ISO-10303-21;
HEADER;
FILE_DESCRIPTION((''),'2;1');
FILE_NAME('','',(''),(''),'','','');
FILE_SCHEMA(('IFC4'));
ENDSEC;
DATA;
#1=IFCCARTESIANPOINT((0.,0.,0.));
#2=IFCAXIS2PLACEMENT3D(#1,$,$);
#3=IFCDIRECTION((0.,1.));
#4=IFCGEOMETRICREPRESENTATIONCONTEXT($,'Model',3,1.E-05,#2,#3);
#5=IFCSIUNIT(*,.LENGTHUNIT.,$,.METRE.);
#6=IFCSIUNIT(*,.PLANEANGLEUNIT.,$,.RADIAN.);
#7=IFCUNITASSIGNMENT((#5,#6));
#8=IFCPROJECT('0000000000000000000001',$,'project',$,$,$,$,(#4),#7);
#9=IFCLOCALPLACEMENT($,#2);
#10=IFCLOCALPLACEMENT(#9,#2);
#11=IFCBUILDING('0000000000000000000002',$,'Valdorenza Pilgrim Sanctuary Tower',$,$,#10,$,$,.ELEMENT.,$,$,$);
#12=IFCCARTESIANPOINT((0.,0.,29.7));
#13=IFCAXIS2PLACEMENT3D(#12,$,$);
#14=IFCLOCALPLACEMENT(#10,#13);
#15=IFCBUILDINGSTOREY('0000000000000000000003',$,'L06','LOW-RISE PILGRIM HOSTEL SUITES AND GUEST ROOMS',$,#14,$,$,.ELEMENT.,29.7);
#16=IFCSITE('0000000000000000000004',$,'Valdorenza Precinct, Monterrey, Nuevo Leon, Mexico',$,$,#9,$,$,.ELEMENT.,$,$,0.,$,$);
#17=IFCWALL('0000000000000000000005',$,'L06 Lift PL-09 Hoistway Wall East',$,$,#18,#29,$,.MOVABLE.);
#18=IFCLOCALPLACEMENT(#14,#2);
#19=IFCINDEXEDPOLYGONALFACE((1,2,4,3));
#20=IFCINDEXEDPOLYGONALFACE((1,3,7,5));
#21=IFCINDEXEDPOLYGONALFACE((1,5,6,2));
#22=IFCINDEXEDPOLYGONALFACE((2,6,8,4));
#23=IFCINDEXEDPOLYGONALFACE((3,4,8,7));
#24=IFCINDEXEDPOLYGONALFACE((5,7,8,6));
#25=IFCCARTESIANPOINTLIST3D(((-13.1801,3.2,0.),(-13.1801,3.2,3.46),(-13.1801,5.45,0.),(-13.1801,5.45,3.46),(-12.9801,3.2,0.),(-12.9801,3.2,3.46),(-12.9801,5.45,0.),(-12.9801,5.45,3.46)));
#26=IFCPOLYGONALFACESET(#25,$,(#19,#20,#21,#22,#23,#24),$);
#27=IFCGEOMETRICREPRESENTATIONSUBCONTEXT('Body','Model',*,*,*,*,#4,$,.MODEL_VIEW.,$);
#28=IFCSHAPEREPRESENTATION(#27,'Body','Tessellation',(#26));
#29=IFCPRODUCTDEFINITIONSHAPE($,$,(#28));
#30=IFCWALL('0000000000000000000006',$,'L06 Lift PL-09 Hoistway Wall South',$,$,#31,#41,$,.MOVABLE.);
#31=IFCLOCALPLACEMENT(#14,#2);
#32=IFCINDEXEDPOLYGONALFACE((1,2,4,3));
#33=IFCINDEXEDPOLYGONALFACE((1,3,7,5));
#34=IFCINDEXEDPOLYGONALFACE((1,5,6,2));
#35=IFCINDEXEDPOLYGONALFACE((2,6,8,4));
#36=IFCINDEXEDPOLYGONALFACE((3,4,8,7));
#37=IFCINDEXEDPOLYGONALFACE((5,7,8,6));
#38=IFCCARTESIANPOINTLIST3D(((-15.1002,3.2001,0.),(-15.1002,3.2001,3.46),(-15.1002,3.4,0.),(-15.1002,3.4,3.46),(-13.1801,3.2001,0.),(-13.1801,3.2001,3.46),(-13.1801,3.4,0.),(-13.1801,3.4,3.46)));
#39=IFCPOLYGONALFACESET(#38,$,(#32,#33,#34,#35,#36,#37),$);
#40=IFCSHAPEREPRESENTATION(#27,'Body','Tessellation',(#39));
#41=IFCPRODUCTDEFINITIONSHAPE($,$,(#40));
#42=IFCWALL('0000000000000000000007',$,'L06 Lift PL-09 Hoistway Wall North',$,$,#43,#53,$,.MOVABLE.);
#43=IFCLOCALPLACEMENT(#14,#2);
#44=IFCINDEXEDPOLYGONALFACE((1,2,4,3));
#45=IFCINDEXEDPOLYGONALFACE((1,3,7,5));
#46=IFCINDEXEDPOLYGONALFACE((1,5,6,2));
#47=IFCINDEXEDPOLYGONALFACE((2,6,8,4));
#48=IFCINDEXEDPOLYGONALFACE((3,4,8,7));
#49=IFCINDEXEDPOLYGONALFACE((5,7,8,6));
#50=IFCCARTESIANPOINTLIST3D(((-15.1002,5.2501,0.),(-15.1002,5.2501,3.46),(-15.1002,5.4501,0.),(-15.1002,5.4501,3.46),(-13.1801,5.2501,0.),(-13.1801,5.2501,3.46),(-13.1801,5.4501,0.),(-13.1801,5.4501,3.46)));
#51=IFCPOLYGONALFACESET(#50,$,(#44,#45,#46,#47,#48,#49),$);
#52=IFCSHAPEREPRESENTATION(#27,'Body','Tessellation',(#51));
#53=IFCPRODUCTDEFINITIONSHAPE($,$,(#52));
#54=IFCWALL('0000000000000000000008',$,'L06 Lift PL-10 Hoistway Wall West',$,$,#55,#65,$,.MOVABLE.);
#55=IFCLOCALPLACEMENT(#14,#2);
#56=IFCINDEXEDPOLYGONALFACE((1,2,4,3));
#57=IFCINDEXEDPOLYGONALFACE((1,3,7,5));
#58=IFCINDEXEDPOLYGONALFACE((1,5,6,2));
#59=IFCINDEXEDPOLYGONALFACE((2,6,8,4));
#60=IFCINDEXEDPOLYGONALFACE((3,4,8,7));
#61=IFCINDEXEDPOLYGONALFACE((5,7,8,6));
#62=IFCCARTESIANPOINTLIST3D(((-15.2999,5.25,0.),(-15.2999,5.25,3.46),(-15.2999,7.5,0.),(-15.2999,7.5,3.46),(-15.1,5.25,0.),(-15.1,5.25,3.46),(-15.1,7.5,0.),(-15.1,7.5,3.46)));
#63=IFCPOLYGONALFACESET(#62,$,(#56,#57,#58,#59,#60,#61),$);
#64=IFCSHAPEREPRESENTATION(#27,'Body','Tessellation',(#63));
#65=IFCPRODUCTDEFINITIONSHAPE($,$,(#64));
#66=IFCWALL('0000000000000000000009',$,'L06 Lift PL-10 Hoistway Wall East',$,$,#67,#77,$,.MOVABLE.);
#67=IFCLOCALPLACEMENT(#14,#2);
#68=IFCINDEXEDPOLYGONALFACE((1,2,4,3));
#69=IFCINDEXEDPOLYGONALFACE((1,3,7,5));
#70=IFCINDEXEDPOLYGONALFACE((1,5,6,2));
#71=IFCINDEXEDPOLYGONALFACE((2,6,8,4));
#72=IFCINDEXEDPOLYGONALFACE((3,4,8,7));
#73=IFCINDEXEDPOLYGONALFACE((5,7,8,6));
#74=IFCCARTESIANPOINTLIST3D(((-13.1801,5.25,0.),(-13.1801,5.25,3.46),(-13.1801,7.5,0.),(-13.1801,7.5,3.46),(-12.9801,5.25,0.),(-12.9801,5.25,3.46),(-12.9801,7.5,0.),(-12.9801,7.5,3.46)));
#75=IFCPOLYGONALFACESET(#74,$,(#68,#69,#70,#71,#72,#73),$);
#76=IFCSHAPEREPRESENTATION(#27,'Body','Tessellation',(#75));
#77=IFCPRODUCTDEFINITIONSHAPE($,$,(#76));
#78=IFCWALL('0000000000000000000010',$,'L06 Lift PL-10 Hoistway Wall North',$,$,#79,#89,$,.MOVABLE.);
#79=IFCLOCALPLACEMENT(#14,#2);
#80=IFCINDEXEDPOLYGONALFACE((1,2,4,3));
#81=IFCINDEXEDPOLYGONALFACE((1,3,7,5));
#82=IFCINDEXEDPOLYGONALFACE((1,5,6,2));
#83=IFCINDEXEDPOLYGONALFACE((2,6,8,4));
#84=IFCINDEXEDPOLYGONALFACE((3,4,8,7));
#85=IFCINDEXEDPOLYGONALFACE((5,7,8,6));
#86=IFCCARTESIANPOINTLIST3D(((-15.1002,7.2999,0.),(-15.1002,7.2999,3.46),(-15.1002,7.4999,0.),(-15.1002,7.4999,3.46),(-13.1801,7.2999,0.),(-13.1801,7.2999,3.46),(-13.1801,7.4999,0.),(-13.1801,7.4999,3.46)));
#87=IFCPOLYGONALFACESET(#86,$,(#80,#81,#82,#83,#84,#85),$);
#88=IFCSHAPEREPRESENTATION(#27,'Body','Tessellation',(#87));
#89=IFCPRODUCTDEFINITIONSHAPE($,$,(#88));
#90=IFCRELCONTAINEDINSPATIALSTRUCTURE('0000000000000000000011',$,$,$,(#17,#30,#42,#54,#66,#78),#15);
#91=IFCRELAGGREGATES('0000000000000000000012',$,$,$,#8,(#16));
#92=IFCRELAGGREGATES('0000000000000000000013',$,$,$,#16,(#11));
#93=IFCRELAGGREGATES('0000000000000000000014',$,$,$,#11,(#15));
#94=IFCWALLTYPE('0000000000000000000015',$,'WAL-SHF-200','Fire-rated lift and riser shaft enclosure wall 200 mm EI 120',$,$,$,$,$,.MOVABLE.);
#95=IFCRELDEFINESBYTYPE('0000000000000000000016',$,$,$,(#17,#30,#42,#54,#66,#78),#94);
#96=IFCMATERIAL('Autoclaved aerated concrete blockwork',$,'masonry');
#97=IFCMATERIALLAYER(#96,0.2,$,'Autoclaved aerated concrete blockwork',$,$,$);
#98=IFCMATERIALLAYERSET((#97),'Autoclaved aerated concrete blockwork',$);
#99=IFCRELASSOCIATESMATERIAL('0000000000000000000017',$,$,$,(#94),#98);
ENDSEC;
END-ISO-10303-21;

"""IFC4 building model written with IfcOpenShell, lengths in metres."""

from ifc_helpers import new_model, si_unit, direction, frame, frame_2d, origin, place, context, subcontext, project, spatial, rectangle, extrude, material, layer, layer_set, type_object, element, save


model = new_model("IFC4")

# Units and contexts
model_context = context("Model", 3, precision=1e-05, world=origin(), true_north=direction((0.0, 1.0)))
body_context = subcontext(model_context, "Body", "Model", "MODEL_VIEW")
ifc_project = project(units=[si_unit("LENGTHUNIT", "METRE"), si_unit("PLANEANGLEUNIT", "RADIAN")], contexts=[model_context])

# Site, building, storey
site_placement = place(None, origin())
site = spatial("IfcSite", under=ifc_project, at=site_placement, Name="Valdorenza Precinct, Monterrey, Nuevo Leon, Mexico", CompositionType="ELEMENT", RefElevation=0.0)
building_placement = place(site_placement, origin())
building = spatial("IfcBuilding", under=site, at=building_placement, Name="Valdorenza Pilgrim Sanctuary Tower", CompositionType="ELEMENT")
storey_placement = place(building_placement, frame((0.0, 0.0, 29.7)))
storey = spatial("IfcBuildingStorey", under=building, at=storey_placement, Name="L06", Description="LOW-RISE PILGRIM HOSTEL SUITES AND GUEST ROOMS", CompositionType="ELEMENT", Elevation=29.7)

# Walls
ifc_material_1 = material(Name="Autoclaved aerated concrete blockwork", Category="masonry")
ifc_layer_1 = layer(ifc_material_1, 0.2, Name="Autoclaved aerated concrete blockwork")
ifc_layer_set_1 = layer_set([ifc_layer_1], Name="Autoclaved aerated concrete blockwork")
wall_type_1 = type_object("IfcWallType", Name="WAL-SHF-200", Description="Fire-rated lift and riser shaft enclosure wall 200 mm EI 120", PredefinedType="MOVABLE", material=ifc_layer_set_1)
for number, where, z_axis, x_axis, name in (
    (1, (-13.0801, 3.2, 0.0), (0.0, 0.0, 1.0), (0.0, 1.0, 0.0), "L06 Lift PL-09 Hoistway Wall East"),
):
    element("IfcWall", number, at=place(storey_placement, frame(where, z_axis=z_axis, x_axis=x_axis)), inside=storey, type_object=wall_type_1, Name=name, PredefinedType="MOVABLE", context=body_context, shape_type="SweptSolid", body=[
        extrude(rectangle(XDim=2.25, YDim=0.2, at=frame_2d((1.125, 0.0))), origin(), (0.0, 0.0, 1.0), 3.46),
    ])
for number, where, z_axis, x_axis, name in (
    (2, (-15.1001, 3.3, 0.0), (0.0, 0.0, 1.0), (1.0, 0.0, 0.0), "L06 Lift PL-09 Hoistway Wall South"),
    (3, (-15.1001, 5.3501, 0.0), (0.0, 0.0, 1.0), (1.0, 0.0, 0.0), "L06 Lift PL-09 Hoistway Wall North"),
):
    element("IfcWall", number, at=place(storey_placement, frame(where, z_axis=z_axis, x_axis=x_axis)), inside=storey, type_object=wall_type_1, Name=name, PredefinedType="MOVABLE", context=body_context, shape_type="SweptSolid", body=[
        extrude(rectangle(XDim=1.9202, YDim=0.2, at=frame_2d((0.96, 0.0))), origin(), (0.0, 0.0, 1.0), 3.46),
    ])
for number, where, z_axis, x_axis, name in (
    (4, (-15.2, 5.25, 0.0), (0.0, 0.0, 1.0), (0.0, 1.0, 0.0), "L06 Lift PL-10 Hoistway Wall West"),
    (5, (-13.0801, 5.25, 0.0), (0.0, 0.0, 1.0), (0.0, 1.0, 0.0), "L06 Lift PL-10 Hoistway Wall East"),
):
    element("IfcWall", number, at=place(storey_placement, frame(where, z_axis=z_axis, x_axis=x_axis)), inside=storey, type_object=wall_type_1, Name=name, PredefinedType="MOVABLE", context=body_context, shape_type="SweptSolid", body=[
        extrude(rectangle(XDim=2.25, YDim=0.2, at=frame_2d((1.125, 0.0))), origin(), (0.0, 0.0, 1.0), 3.46),
    ])
wall_1_placement = place(storey_placement, frame((-15.1001, 7.3999, 0.0), z_axis=(0.0, 0.0, 1.0), x_axis=(1.0, 0.0, 0.0)))
element("IfcWall", 6, at=wall_1_placement, inside=storey, type_object=wall_type_1, Name="L06 Lift PL-10 Hoistway Wall North", PredefinedType="MOVABLE", context=body_context, shape_type="SweptSolid", body=[
    extrude(rectangle(XDim=1.9202, YDim=0.2, at=frame_2d((0.96, 0.0))), origin(), (0.0, 0.0, 1.0), 3.46),
])

save(model, "model.ifc")
